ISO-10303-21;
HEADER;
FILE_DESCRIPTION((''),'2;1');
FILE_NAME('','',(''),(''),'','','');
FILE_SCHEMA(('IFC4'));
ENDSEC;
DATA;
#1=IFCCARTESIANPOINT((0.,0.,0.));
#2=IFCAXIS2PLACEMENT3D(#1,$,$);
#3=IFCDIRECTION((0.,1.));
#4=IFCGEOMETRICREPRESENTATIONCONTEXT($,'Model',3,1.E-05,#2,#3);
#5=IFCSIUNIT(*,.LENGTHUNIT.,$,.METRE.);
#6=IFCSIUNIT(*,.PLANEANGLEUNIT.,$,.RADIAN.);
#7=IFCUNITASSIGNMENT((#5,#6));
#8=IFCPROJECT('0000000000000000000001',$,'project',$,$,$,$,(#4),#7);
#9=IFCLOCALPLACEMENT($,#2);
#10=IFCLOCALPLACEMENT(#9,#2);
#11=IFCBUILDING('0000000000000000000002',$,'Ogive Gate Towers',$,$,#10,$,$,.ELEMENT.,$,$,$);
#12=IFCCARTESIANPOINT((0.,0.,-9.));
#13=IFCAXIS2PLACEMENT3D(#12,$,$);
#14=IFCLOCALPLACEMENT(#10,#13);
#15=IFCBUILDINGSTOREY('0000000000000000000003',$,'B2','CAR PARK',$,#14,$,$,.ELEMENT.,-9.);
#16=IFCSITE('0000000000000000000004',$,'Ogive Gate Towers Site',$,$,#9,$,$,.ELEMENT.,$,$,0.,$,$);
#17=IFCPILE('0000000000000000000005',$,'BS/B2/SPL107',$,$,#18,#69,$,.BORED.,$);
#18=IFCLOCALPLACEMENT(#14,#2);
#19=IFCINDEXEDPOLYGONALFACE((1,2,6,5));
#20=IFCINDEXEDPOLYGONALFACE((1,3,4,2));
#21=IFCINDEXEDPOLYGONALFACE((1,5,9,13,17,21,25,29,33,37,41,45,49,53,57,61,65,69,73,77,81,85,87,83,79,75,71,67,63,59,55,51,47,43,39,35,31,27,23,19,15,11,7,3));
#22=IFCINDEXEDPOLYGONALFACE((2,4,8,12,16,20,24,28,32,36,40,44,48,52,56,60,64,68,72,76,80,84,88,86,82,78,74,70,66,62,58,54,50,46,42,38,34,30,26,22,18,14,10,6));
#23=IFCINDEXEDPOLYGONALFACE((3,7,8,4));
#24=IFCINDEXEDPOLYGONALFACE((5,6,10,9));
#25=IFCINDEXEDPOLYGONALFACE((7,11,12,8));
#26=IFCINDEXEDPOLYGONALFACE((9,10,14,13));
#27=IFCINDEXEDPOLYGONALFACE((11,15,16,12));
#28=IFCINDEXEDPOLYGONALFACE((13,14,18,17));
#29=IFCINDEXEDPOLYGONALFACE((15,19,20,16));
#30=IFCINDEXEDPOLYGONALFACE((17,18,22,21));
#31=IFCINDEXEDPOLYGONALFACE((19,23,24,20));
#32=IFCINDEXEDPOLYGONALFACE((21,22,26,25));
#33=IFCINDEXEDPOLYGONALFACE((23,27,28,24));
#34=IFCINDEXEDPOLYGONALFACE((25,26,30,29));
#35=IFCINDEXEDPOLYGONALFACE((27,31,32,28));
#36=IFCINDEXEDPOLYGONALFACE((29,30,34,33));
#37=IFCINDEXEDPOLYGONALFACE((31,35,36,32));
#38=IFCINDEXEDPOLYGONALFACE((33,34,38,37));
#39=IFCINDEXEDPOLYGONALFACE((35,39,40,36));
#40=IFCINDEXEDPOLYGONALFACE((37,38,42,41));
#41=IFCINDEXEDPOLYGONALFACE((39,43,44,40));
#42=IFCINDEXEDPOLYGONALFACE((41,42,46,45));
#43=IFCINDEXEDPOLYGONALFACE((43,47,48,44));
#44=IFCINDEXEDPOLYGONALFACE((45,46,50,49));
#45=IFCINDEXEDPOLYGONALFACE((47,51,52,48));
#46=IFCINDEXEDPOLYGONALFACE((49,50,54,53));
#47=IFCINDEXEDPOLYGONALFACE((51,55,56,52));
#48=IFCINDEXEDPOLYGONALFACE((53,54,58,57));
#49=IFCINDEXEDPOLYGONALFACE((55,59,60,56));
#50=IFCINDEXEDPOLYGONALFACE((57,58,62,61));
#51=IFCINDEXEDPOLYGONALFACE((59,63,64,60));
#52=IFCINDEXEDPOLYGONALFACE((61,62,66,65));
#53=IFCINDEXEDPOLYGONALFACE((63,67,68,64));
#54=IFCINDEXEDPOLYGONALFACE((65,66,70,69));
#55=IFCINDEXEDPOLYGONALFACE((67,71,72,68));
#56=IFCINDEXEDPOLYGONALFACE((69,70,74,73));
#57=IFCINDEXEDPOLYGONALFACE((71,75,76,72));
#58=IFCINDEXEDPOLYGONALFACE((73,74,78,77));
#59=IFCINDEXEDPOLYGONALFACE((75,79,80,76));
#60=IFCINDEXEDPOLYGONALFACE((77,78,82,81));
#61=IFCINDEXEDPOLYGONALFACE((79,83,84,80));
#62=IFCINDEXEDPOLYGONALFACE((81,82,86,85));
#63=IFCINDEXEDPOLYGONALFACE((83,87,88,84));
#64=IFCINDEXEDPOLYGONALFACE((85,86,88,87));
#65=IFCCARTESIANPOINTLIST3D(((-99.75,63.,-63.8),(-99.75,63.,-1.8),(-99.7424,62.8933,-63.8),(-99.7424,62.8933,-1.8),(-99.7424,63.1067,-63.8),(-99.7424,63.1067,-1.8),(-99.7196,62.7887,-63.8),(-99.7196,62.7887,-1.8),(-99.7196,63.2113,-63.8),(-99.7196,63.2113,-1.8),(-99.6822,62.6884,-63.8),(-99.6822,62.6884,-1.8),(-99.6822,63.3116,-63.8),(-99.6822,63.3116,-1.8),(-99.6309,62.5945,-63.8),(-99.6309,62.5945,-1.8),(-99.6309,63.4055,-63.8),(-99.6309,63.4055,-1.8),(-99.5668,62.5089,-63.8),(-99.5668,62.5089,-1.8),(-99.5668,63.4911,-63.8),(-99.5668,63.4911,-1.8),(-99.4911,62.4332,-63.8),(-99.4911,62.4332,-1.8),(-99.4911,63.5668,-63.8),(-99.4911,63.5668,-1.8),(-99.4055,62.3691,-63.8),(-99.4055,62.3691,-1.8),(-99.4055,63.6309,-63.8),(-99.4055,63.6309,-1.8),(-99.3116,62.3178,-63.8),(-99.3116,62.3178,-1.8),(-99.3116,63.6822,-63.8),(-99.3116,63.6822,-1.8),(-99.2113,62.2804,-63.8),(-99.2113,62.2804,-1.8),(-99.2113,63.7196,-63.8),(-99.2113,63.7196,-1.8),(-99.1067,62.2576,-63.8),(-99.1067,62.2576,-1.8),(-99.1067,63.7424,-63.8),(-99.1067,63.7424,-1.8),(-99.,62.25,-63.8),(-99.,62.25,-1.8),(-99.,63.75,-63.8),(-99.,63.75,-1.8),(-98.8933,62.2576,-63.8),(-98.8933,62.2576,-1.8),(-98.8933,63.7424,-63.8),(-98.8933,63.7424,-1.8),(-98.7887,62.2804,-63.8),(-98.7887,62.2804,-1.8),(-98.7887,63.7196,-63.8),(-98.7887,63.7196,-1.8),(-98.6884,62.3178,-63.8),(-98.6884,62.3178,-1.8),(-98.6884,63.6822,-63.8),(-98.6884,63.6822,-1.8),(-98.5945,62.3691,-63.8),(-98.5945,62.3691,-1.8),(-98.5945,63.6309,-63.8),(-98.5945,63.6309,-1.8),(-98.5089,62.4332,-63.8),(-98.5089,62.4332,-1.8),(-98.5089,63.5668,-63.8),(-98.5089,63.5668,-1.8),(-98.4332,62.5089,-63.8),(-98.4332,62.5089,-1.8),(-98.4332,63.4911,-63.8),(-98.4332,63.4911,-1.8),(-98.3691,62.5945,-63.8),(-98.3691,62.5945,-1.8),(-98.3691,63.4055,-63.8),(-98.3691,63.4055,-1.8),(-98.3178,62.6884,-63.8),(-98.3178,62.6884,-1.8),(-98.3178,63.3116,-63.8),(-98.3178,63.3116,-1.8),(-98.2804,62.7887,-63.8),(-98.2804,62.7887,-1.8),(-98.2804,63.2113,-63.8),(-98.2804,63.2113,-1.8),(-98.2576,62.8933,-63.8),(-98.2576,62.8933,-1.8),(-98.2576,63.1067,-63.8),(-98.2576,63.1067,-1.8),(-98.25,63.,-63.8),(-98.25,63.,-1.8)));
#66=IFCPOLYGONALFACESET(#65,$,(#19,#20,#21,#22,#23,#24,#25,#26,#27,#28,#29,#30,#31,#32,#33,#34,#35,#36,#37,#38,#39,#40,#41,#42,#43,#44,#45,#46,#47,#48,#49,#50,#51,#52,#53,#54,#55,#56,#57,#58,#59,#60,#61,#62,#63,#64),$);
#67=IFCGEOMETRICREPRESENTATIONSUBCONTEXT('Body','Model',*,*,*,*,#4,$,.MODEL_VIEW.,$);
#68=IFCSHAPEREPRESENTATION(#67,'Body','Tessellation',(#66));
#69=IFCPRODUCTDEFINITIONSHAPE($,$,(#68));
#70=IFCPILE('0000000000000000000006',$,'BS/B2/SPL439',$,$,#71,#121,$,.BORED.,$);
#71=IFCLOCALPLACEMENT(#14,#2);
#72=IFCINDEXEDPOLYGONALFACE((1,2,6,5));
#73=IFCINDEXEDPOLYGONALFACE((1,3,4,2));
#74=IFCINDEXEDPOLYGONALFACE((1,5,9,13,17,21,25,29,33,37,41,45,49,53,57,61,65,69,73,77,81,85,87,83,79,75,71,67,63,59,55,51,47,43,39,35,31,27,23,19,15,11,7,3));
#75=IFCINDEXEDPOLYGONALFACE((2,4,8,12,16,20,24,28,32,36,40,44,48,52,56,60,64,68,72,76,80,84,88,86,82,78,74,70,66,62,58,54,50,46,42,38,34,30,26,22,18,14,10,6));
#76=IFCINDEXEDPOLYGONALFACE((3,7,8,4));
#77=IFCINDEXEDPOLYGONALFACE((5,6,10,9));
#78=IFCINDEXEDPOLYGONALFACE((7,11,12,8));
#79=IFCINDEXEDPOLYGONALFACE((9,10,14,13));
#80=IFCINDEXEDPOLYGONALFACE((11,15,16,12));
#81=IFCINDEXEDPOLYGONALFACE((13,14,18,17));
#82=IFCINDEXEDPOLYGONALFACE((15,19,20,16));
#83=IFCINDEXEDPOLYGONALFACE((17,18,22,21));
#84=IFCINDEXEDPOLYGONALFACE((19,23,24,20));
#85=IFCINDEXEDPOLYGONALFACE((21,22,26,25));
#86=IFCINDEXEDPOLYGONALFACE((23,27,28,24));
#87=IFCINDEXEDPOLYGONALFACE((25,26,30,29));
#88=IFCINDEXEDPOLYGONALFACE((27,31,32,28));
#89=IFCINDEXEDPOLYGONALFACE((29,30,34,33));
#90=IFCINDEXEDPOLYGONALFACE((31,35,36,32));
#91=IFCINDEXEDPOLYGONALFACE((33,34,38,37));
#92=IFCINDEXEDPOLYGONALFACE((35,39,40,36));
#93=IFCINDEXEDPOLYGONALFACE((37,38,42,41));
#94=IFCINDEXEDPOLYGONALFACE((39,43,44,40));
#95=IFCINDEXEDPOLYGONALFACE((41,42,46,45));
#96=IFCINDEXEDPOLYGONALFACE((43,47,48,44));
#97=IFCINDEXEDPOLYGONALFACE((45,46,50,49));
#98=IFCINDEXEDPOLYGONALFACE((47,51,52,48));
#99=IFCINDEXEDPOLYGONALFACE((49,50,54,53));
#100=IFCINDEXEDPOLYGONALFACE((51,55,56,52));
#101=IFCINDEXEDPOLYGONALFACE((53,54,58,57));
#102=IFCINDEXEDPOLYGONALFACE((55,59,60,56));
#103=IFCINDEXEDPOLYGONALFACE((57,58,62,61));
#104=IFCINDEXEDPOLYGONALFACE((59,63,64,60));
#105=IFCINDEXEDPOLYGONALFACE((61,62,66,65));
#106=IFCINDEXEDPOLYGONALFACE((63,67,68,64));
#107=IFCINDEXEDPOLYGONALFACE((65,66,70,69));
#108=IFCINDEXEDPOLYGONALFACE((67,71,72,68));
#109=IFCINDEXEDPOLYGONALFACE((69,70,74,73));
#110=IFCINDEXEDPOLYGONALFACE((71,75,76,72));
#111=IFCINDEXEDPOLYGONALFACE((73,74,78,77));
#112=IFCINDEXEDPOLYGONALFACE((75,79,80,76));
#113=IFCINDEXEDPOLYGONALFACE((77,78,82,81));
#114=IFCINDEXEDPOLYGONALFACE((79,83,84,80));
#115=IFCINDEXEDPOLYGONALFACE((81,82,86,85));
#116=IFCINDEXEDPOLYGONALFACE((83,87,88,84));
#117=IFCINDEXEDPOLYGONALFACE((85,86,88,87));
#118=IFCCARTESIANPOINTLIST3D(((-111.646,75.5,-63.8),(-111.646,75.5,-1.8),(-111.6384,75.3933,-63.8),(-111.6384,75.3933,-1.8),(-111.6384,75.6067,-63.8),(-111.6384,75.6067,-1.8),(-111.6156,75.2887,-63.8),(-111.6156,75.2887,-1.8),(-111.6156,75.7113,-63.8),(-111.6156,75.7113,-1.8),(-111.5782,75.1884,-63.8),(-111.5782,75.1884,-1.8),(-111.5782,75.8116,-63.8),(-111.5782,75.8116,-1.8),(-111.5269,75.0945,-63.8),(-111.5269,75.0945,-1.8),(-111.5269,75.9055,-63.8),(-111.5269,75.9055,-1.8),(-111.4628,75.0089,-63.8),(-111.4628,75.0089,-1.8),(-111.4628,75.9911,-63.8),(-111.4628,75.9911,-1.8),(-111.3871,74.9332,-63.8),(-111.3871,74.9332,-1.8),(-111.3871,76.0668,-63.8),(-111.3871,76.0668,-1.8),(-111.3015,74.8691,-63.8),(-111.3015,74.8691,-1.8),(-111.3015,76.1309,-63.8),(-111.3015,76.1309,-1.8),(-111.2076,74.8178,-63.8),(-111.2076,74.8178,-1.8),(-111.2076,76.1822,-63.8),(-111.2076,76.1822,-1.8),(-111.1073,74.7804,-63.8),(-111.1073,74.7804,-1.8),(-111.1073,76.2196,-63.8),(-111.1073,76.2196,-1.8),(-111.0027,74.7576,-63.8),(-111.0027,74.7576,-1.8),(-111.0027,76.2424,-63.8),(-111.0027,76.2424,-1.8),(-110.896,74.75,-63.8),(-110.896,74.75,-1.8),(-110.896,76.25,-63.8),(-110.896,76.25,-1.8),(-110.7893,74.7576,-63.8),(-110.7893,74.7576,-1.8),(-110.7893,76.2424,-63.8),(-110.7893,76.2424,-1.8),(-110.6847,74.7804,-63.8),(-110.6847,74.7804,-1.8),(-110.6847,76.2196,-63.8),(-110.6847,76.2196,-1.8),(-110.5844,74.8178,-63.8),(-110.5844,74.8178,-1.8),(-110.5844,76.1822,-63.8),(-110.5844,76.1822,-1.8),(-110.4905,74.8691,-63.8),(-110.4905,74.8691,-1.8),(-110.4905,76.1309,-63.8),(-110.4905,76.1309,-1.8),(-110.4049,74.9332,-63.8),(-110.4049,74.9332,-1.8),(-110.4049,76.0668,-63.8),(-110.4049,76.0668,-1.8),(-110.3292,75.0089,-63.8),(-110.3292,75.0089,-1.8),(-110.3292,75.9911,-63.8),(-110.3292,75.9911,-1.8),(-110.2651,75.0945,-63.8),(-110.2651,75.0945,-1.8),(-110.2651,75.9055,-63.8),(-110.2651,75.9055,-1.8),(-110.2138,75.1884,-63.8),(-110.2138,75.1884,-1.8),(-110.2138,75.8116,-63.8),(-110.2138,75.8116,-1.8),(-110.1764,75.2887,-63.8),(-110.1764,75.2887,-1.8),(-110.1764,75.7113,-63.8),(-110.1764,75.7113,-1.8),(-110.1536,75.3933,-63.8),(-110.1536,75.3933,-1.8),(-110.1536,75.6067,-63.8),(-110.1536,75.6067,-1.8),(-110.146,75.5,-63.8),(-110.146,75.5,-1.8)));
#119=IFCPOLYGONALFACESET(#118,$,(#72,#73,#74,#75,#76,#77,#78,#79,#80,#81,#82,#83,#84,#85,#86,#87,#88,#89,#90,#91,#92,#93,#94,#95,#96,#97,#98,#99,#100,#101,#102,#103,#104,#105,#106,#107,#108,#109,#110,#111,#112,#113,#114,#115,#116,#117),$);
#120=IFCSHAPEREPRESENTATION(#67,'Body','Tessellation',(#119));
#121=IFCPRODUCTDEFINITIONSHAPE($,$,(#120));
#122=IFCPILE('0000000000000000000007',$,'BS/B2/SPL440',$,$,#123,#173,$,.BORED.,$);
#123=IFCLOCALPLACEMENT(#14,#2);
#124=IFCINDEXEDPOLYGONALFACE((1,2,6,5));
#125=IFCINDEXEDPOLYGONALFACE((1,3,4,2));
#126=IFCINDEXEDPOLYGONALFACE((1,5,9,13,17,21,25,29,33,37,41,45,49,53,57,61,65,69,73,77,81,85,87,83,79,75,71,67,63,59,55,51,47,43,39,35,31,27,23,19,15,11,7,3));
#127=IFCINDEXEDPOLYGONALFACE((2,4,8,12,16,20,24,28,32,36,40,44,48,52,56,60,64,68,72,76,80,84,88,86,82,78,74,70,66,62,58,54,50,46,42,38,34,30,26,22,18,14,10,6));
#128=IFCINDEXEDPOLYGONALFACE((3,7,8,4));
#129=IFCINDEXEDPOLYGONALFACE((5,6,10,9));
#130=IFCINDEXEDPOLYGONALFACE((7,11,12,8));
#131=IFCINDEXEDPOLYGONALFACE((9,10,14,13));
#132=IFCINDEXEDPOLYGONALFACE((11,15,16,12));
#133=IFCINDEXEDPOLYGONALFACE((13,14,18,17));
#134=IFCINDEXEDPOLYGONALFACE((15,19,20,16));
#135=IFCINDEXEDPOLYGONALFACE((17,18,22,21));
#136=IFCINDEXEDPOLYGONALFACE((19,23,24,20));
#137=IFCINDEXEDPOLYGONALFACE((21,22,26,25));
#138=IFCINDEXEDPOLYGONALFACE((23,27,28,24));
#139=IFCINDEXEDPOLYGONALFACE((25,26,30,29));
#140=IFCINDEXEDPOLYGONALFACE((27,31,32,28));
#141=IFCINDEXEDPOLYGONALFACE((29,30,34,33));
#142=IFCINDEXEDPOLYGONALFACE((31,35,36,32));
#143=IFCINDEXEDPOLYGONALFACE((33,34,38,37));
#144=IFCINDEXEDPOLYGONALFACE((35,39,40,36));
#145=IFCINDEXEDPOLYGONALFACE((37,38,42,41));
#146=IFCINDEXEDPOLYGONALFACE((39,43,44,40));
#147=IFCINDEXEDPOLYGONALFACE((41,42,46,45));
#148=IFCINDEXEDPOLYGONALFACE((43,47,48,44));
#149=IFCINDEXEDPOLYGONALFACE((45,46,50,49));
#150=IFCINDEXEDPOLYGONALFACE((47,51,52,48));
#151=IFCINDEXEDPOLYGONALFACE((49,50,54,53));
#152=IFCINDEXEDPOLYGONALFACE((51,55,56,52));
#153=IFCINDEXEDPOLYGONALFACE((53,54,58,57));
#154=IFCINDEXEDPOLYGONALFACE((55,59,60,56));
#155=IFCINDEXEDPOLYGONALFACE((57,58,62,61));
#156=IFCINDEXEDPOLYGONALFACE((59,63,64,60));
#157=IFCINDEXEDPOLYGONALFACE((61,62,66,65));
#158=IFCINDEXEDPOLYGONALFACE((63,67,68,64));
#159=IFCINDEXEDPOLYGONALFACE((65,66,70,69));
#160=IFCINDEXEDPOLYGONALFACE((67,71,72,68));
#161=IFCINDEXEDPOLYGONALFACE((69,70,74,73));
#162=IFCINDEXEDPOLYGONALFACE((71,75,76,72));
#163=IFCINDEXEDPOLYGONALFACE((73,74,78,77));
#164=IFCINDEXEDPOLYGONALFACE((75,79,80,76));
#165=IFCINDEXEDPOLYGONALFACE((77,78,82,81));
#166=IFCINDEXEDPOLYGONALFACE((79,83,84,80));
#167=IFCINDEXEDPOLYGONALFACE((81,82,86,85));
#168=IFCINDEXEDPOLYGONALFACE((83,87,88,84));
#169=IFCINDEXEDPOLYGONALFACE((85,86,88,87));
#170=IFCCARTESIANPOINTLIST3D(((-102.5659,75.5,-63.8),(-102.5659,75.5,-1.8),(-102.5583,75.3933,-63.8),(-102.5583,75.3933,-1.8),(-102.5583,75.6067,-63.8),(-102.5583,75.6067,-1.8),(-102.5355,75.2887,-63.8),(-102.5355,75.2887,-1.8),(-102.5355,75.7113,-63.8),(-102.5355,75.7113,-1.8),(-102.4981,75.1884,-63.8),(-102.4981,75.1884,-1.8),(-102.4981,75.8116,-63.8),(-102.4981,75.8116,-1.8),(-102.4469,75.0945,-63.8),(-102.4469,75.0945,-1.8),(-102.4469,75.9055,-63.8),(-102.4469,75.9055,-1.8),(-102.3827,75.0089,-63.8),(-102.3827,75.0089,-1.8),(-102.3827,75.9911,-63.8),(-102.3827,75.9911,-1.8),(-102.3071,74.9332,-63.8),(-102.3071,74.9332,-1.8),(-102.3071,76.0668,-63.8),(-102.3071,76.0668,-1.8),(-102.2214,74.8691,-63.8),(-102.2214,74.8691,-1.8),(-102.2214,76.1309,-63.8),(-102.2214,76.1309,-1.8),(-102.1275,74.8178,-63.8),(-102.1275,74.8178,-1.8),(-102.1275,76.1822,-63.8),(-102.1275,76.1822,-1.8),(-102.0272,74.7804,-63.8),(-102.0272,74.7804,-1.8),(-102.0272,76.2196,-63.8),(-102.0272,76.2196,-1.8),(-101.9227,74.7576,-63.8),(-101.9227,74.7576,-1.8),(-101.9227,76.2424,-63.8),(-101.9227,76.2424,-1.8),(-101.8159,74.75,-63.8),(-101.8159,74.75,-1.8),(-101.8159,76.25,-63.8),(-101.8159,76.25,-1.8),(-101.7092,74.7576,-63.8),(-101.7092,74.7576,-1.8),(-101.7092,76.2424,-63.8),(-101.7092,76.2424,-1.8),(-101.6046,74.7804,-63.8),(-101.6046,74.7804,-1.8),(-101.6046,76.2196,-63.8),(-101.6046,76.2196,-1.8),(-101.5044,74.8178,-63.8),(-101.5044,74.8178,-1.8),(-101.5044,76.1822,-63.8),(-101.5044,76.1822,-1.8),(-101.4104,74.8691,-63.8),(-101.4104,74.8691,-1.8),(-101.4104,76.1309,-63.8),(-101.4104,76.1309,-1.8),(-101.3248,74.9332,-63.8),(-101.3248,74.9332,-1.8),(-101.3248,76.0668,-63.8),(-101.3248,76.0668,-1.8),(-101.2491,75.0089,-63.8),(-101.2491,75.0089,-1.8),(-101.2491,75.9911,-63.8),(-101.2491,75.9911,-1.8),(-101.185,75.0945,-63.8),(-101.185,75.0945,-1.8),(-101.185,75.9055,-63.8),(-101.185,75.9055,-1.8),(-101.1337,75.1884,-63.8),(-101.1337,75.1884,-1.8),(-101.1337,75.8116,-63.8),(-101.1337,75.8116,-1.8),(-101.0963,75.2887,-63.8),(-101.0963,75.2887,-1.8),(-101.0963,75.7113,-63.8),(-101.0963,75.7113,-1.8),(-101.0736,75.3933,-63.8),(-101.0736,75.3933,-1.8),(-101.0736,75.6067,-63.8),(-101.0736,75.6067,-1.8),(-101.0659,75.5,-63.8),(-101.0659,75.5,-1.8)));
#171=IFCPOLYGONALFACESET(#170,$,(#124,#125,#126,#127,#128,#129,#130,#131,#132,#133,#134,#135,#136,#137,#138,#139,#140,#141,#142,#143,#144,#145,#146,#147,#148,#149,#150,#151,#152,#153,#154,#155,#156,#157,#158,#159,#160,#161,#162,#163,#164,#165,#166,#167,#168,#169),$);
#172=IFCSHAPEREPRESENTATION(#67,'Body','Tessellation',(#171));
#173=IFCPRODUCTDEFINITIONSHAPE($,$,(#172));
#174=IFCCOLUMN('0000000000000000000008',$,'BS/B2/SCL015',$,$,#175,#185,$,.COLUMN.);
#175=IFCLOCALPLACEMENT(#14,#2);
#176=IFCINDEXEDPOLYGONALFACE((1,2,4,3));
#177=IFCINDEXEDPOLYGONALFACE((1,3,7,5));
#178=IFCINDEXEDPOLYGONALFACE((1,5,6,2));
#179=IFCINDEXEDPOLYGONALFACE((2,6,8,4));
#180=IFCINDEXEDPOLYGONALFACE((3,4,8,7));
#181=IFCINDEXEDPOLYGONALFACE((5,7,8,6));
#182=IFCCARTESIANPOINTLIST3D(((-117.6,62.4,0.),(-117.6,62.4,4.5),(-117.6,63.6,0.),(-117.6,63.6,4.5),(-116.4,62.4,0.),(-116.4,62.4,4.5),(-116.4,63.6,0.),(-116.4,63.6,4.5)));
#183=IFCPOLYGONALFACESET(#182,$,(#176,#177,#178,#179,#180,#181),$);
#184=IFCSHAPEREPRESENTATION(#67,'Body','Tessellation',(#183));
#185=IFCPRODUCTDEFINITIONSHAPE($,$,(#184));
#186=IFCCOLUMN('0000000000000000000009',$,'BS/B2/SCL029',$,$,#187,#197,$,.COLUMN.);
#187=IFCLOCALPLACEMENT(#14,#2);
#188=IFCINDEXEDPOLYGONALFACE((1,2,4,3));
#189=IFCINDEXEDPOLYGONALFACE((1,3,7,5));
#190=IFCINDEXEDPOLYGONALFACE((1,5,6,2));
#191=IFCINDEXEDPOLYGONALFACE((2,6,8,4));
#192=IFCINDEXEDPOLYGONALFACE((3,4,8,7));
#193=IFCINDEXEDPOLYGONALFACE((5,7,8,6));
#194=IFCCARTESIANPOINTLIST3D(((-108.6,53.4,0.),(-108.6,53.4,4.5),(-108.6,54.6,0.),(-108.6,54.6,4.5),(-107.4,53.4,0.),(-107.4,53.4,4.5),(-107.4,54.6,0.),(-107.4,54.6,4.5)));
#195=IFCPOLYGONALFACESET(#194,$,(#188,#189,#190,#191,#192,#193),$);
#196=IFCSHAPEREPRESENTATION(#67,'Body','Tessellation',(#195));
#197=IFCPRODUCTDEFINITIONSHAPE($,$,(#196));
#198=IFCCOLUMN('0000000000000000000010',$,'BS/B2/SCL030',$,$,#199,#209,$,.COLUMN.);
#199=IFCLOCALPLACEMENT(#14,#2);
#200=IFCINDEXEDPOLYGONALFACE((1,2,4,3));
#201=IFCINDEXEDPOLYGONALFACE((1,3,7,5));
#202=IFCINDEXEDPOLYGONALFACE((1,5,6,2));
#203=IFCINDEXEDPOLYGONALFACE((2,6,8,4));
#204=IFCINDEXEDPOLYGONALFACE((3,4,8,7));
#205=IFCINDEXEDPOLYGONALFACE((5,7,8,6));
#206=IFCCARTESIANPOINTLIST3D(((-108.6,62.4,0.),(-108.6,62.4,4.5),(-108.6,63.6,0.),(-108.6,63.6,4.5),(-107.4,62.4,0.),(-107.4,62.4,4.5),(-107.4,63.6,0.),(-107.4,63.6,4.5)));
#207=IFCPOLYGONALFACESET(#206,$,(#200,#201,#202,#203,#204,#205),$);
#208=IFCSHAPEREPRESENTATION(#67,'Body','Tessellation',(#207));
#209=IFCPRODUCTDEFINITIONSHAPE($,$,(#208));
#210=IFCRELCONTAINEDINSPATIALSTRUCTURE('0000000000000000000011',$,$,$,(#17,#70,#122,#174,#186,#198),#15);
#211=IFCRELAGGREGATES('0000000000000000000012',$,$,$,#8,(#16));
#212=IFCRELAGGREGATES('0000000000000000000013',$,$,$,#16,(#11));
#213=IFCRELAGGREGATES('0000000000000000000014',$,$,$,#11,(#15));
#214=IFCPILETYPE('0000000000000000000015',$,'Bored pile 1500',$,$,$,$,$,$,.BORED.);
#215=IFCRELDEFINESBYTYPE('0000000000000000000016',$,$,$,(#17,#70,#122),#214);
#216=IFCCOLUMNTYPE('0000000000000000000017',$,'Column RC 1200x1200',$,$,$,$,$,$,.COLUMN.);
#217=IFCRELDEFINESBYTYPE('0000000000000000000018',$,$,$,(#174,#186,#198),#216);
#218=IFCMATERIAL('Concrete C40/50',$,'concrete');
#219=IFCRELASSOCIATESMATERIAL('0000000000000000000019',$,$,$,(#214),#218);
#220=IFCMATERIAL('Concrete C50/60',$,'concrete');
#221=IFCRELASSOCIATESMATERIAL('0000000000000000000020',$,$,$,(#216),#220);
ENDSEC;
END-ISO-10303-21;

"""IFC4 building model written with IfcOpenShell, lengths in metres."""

from ifc_helpers import new_model, si_unit, direction, frame, origin, origin_2d, place, context, subcontext, project, spatial, rectangle, circle, extrude, material, material_profile, profile_set, type_object, element, save


model = new_model("IFC4")

# Units and contexts
model_context = context("Model", 3, precision=1e-05, world=origin(), true_north=direction((0.0, 1.0)))
body_context = subcontext(model_context, "Body", "Model", "MODEL_VIEW")
ifc_project = project(units=[si_unit("LENGTHUNIT", "METRE"), si_unit("PLANEANGLEUNIT", "RADIAN")], contexts=[model_context])

# Site, building, storey
site_placement = place(None, origin())
site = spatial("IfcSite", under=ifc_project, at=site_placement, Name="Ogive Gate Towers Site", CompositionType="ELEMENT", RefElevation=0.0)
building_placement = place(site_placement, origin())
building = spatial("IfcBuilding", under=site, at=building_placement, Name="Ogive Gate Towers", CompositionType="ELEMENT")
storey_placement = place(building_placement, frame((0.0, 0.0, -9.0)))
storey = spatial("IfcBuildingStorey", under=building, at=storey_placement, Name="B2", Description="CAR PARK", CompositionType="ELEMENT", Elevation=-9.0)

# Piles
ifc_material_1 = material(Name="Concrete C40/50", Category="concrete")
ifc_material_profile_1 = material_profile(ifc_material_1, circle(Radius=0.75, at=origin_2d()), Name="BP 1500")
ifc_profile_set_1 = profile_set([ifc_material_profile_1], Name="Concrete C40/50")
pile_type = type_object("IfcPileType", Name="Bored pile 1500", PredefinedType="BORED", material=ifc_profile_set_1)
for number, where, z_axis, x_axis, name in (
    (1, (-99.0, 63.0, -1.8), (0.0, 0.0, -1.0), (1.0, 0.0, 0.0), "BS/B2/SPL107"),
    (2, (-110.896, 75.5, -1.8), (0.0, 0.0, -1.0), (1.0, 0.0, 0.0), "BS/B2/SPL439"),
    (3, (-101.8159, 75.5, -1.8), (0.0, 0.0, -1.0), (1.0, 0.0, 0.0), "BS/B2/SPL440"),
):
    element("IfcPile", number, at=place(storey_placement, frame(where, z_axis=z_axis, x_axis=x_axis)), inside=storey, type_object=pile_type, Name=name, PredefinedType="BORED", context=body_context, shape_type="SweptSolid", body=[
        extrude(circle(Radius=0.75, at=origin_2d()), origin(), (0.0, 0.0, 1.0), 62.0),
    ])

# Columns
ifc_material_2 = material(Name="Concrete C50/60", Category="concrete")
ifc_material_profile_2 = material_profile(ifc_material_2, rectangle(XDim=1.2, YDim=1.2, at=origin_2d()), Name="RC 1200x1200")
ifc_profile_set_2 = profile_set([ifc_material_profile_2], Name="Concrete C50/60")
column_type = type_object("IfcColumnType", Name="Column RC 1200x1200", PredefinedType="COLUMN", material=ifc_profile_set_2)
for number, where, z_axis, x_axis, name in (
    (4, (-117.0, 63.0, 0.0), (0.0, 0.0, 1.0), (1.0, 0.0, 0.0), "BS/B2/SCL015"),
    (5, (-108.0, 54.0, 0.0), (0.0, 0.0, 1.0), (1.0, 0.0, 0.0), "BS/B2/SCL029"),
    (6, (-108.0, 63.0, 0.0), (0.0, 0.0, 1.0), (1.0, 0.0, 0.0), "BS/B2/SCL030"),
):
    element("IfcColumn", number, at=place(storey_placement, frame(where, z_axis=z_axis, x_axis=x_axis)), inside=storey, type_object=column_type, Name=name, PredefinedType="COLUMN", context=body_context, shape_type="SweptSolid", body=[
        extrude(rectangle(XDim=1.2, YDim=1.2, at=origin_2d()), origin(), (0.0, 0.0, 1.0), 4.5),
    ])

save(model, "model.ifc")
